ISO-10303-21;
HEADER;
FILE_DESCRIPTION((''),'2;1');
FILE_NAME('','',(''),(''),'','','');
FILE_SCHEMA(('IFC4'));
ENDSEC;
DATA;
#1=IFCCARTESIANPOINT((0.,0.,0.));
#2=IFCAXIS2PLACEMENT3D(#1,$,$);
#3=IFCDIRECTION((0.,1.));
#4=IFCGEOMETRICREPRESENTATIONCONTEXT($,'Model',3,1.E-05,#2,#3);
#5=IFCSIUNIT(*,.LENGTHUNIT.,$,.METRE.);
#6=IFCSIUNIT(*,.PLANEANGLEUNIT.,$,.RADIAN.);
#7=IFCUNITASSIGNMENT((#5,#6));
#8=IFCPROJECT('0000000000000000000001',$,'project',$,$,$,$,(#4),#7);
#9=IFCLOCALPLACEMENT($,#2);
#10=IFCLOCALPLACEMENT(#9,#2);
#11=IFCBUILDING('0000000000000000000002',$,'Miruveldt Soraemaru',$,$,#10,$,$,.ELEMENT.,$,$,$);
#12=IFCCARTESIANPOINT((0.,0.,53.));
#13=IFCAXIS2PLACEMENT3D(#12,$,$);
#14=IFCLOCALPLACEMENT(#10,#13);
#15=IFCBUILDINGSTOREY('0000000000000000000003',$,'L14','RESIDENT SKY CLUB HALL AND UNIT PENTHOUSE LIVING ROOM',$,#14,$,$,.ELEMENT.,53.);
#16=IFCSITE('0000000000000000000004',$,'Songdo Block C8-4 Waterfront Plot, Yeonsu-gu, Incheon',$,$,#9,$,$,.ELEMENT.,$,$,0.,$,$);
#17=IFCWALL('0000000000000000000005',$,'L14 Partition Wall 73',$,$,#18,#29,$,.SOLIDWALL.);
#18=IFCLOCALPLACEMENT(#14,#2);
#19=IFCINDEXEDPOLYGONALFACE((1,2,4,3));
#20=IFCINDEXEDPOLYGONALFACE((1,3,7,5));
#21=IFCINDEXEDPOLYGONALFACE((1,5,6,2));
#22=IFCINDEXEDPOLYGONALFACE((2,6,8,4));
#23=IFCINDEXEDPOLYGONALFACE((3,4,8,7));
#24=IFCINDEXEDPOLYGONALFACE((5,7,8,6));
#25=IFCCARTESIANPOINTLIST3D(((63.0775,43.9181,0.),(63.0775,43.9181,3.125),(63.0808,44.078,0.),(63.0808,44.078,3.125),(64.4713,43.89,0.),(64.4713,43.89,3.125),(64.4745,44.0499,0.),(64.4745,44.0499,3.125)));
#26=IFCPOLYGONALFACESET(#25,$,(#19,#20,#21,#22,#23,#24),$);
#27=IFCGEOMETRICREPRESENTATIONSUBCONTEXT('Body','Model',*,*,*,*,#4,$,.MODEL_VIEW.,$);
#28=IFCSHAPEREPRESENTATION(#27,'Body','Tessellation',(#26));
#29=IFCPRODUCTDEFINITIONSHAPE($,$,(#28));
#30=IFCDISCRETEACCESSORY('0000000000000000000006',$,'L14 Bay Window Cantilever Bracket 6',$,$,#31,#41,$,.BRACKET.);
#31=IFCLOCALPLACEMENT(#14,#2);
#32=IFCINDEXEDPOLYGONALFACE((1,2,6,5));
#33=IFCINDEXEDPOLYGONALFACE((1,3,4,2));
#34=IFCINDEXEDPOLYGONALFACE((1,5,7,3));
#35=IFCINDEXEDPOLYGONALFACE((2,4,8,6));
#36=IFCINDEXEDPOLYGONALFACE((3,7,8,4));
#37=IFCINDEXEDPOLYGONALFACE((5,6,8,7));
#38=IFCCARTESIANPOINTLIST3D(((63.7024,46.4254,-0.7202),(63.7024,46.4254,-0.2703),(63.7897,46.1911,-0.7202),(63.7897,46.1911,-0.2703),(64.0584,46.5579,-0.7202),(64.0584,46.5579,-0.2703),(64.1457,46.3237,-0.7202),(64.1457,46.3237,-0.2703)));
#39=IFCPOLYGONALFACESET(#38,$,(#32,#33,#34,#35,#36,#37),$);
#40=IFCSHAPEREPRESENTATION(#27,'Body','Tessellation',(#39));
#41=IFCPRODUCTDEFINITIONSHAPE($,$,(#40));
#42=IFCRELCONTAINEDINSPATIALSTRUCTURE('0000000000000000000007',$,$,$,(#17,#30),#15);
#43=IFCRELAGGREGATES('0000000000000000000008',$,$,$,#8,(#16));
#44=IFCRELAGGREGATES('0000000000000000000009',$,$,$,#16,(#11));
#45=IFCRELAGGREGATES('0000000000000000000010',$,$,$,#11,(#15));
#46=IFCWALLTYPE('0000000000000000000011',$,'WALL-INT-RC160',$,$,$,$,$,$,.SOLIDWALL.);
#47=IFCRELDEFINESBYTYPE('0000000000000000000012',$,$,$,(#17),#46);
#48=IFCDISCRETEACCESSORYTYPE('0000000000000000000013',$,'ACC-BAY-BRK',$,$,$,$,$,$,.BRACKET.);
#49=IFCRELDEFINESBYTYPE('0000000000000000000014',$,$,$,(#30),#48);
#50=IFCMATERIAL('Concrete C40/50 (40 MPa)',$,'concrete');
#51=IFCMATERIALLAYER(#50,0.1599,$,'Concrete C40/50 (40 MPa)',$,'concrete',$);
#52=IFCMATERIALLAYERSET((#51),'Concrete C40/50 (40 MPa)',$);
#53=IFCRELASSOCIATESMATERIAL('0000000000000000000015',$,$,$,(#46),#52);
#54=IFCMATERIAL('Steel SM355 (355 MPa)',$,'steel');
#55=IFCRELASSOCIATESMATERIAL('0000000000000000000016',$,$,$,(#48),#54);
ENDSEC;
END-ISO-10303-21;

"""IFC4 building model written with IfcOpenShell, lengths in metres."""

from ifc_helpers import new_model, si_unit, direction, frame, frame_2d, origin, origin_2d, place, context, subcontext, project, spatial, rectangle, extrude, material, layer, layer_set, type_object, element, save


model = new_model("IFC4")

# Units and contexts
model_context = context("Model", 3, precision=1e-05, world=origin(), true_north=direction((0.0, 1.0)))
body_context = subcontext(model_context, "Body", "Model", "MODEL_VIEW")
ifc_project = project(units=[si_unit("LENGTHUNIT", "METRE"), si_unit("PLANEANGLEUNIT", "RADIAN")], contexts=[model_context])

# Site, building, storey
site_placement = place(None, origin())
site = spatial("IfcSite", under=ifc_project, at=site_placement, Name="Songdo Block C8-4 Waterfront Plot, Yeonsu-gu, Incheon", CompositionType="ELEMENT", RefElevation=0.0)
building_placement = place(site_placement, origin())
building = spatial("IfcBuilding", under=site, at=building_placement, Name="Miruveldt Soraemaru", CompositionType="ELEMENT")
storey_placement = place(building_placement, frame((0.0, 0.0, 53.0)))
storey = spatial("IfcBuildingStorey", under=building, at=storey_placement, Name="L14", Description="RESIDENT SKY CLUB HALL AND UNIT PENTHOUSE LIVING ROOM", CompositionType="ELEMENT", Elevation=53.0)

# Shared definitions
ifc_material_1 = material(Name="Steel SM355 (355 MPa)", Category="steel")

# Wall
ifc_material_2 = material(Name="Concrete C40/50 (40 MPa)", Category="concrete")
ifc_layer_1 = layer(ifc_material_2, 0.1599, Name="Concrete C40/50 (40 MPa)", Category="concrete")
ifc_layer_set_1 = layer_set([ifc_layer_1], Name="Concrete C40/50 (40 MPa)")
wall_type_1 = type_object("IfcWallType", Name="WALL-INT-RC160", PredefinedType="SOLIDWALL", material=ifc_layer_set_1)
wall_1_placement = place(storey_placement, frame((64.4729, 43.97, 0.0), z_axis=(0.0, 0.0, 1.0), x_axis=(-0.999797, 0.02014, 0.0)))
element("IfcWall", 1, at=wall_1_placement, inside=storey, type_object=wall_type_1, Name="L14 Partition Wall 73", PredefinedType="SOLIDWALL", context=body_context, shape_type="SweptSolid", body=[
    extrude(rectangle(XDim=1.394, YDim=0.1599, at=frame_2d((0.697, 0.0))), origin(), (0.0, 0.0, 1.0), 3.125),
])

# Discrete accessory
discrete_accessory_type = type_object("IfcDiscreteAccessoryType", Name="ACC-BAY-BRK", PredefinedType="BRACKET", material=ifc_material_1)
discrete_accessory_placement = place(storey_placement, frame((63.9241, 46.3745, -0.7202), z_axis=(0.0, 0.0, 1.0), x_axis=(0.937112, 0.34903, 0.0)))
element("IfcDiscreteAccessory", 2, at=discrete_accessory_placement, inside=storey, type_object=discrete_accessory_type, Name="L14 Bay Window Cantilever Bracket 6", PredefinedType="BRACKET", context=body_context, shape_type="SweptSolid", body=[
    extrude(rectangle(XDim=0.3799, YDim=0.25, at=origin_2d()), origin(), (0.0, 0.0, 1.0), 0.45),
])

save(model, "model.ifc")
